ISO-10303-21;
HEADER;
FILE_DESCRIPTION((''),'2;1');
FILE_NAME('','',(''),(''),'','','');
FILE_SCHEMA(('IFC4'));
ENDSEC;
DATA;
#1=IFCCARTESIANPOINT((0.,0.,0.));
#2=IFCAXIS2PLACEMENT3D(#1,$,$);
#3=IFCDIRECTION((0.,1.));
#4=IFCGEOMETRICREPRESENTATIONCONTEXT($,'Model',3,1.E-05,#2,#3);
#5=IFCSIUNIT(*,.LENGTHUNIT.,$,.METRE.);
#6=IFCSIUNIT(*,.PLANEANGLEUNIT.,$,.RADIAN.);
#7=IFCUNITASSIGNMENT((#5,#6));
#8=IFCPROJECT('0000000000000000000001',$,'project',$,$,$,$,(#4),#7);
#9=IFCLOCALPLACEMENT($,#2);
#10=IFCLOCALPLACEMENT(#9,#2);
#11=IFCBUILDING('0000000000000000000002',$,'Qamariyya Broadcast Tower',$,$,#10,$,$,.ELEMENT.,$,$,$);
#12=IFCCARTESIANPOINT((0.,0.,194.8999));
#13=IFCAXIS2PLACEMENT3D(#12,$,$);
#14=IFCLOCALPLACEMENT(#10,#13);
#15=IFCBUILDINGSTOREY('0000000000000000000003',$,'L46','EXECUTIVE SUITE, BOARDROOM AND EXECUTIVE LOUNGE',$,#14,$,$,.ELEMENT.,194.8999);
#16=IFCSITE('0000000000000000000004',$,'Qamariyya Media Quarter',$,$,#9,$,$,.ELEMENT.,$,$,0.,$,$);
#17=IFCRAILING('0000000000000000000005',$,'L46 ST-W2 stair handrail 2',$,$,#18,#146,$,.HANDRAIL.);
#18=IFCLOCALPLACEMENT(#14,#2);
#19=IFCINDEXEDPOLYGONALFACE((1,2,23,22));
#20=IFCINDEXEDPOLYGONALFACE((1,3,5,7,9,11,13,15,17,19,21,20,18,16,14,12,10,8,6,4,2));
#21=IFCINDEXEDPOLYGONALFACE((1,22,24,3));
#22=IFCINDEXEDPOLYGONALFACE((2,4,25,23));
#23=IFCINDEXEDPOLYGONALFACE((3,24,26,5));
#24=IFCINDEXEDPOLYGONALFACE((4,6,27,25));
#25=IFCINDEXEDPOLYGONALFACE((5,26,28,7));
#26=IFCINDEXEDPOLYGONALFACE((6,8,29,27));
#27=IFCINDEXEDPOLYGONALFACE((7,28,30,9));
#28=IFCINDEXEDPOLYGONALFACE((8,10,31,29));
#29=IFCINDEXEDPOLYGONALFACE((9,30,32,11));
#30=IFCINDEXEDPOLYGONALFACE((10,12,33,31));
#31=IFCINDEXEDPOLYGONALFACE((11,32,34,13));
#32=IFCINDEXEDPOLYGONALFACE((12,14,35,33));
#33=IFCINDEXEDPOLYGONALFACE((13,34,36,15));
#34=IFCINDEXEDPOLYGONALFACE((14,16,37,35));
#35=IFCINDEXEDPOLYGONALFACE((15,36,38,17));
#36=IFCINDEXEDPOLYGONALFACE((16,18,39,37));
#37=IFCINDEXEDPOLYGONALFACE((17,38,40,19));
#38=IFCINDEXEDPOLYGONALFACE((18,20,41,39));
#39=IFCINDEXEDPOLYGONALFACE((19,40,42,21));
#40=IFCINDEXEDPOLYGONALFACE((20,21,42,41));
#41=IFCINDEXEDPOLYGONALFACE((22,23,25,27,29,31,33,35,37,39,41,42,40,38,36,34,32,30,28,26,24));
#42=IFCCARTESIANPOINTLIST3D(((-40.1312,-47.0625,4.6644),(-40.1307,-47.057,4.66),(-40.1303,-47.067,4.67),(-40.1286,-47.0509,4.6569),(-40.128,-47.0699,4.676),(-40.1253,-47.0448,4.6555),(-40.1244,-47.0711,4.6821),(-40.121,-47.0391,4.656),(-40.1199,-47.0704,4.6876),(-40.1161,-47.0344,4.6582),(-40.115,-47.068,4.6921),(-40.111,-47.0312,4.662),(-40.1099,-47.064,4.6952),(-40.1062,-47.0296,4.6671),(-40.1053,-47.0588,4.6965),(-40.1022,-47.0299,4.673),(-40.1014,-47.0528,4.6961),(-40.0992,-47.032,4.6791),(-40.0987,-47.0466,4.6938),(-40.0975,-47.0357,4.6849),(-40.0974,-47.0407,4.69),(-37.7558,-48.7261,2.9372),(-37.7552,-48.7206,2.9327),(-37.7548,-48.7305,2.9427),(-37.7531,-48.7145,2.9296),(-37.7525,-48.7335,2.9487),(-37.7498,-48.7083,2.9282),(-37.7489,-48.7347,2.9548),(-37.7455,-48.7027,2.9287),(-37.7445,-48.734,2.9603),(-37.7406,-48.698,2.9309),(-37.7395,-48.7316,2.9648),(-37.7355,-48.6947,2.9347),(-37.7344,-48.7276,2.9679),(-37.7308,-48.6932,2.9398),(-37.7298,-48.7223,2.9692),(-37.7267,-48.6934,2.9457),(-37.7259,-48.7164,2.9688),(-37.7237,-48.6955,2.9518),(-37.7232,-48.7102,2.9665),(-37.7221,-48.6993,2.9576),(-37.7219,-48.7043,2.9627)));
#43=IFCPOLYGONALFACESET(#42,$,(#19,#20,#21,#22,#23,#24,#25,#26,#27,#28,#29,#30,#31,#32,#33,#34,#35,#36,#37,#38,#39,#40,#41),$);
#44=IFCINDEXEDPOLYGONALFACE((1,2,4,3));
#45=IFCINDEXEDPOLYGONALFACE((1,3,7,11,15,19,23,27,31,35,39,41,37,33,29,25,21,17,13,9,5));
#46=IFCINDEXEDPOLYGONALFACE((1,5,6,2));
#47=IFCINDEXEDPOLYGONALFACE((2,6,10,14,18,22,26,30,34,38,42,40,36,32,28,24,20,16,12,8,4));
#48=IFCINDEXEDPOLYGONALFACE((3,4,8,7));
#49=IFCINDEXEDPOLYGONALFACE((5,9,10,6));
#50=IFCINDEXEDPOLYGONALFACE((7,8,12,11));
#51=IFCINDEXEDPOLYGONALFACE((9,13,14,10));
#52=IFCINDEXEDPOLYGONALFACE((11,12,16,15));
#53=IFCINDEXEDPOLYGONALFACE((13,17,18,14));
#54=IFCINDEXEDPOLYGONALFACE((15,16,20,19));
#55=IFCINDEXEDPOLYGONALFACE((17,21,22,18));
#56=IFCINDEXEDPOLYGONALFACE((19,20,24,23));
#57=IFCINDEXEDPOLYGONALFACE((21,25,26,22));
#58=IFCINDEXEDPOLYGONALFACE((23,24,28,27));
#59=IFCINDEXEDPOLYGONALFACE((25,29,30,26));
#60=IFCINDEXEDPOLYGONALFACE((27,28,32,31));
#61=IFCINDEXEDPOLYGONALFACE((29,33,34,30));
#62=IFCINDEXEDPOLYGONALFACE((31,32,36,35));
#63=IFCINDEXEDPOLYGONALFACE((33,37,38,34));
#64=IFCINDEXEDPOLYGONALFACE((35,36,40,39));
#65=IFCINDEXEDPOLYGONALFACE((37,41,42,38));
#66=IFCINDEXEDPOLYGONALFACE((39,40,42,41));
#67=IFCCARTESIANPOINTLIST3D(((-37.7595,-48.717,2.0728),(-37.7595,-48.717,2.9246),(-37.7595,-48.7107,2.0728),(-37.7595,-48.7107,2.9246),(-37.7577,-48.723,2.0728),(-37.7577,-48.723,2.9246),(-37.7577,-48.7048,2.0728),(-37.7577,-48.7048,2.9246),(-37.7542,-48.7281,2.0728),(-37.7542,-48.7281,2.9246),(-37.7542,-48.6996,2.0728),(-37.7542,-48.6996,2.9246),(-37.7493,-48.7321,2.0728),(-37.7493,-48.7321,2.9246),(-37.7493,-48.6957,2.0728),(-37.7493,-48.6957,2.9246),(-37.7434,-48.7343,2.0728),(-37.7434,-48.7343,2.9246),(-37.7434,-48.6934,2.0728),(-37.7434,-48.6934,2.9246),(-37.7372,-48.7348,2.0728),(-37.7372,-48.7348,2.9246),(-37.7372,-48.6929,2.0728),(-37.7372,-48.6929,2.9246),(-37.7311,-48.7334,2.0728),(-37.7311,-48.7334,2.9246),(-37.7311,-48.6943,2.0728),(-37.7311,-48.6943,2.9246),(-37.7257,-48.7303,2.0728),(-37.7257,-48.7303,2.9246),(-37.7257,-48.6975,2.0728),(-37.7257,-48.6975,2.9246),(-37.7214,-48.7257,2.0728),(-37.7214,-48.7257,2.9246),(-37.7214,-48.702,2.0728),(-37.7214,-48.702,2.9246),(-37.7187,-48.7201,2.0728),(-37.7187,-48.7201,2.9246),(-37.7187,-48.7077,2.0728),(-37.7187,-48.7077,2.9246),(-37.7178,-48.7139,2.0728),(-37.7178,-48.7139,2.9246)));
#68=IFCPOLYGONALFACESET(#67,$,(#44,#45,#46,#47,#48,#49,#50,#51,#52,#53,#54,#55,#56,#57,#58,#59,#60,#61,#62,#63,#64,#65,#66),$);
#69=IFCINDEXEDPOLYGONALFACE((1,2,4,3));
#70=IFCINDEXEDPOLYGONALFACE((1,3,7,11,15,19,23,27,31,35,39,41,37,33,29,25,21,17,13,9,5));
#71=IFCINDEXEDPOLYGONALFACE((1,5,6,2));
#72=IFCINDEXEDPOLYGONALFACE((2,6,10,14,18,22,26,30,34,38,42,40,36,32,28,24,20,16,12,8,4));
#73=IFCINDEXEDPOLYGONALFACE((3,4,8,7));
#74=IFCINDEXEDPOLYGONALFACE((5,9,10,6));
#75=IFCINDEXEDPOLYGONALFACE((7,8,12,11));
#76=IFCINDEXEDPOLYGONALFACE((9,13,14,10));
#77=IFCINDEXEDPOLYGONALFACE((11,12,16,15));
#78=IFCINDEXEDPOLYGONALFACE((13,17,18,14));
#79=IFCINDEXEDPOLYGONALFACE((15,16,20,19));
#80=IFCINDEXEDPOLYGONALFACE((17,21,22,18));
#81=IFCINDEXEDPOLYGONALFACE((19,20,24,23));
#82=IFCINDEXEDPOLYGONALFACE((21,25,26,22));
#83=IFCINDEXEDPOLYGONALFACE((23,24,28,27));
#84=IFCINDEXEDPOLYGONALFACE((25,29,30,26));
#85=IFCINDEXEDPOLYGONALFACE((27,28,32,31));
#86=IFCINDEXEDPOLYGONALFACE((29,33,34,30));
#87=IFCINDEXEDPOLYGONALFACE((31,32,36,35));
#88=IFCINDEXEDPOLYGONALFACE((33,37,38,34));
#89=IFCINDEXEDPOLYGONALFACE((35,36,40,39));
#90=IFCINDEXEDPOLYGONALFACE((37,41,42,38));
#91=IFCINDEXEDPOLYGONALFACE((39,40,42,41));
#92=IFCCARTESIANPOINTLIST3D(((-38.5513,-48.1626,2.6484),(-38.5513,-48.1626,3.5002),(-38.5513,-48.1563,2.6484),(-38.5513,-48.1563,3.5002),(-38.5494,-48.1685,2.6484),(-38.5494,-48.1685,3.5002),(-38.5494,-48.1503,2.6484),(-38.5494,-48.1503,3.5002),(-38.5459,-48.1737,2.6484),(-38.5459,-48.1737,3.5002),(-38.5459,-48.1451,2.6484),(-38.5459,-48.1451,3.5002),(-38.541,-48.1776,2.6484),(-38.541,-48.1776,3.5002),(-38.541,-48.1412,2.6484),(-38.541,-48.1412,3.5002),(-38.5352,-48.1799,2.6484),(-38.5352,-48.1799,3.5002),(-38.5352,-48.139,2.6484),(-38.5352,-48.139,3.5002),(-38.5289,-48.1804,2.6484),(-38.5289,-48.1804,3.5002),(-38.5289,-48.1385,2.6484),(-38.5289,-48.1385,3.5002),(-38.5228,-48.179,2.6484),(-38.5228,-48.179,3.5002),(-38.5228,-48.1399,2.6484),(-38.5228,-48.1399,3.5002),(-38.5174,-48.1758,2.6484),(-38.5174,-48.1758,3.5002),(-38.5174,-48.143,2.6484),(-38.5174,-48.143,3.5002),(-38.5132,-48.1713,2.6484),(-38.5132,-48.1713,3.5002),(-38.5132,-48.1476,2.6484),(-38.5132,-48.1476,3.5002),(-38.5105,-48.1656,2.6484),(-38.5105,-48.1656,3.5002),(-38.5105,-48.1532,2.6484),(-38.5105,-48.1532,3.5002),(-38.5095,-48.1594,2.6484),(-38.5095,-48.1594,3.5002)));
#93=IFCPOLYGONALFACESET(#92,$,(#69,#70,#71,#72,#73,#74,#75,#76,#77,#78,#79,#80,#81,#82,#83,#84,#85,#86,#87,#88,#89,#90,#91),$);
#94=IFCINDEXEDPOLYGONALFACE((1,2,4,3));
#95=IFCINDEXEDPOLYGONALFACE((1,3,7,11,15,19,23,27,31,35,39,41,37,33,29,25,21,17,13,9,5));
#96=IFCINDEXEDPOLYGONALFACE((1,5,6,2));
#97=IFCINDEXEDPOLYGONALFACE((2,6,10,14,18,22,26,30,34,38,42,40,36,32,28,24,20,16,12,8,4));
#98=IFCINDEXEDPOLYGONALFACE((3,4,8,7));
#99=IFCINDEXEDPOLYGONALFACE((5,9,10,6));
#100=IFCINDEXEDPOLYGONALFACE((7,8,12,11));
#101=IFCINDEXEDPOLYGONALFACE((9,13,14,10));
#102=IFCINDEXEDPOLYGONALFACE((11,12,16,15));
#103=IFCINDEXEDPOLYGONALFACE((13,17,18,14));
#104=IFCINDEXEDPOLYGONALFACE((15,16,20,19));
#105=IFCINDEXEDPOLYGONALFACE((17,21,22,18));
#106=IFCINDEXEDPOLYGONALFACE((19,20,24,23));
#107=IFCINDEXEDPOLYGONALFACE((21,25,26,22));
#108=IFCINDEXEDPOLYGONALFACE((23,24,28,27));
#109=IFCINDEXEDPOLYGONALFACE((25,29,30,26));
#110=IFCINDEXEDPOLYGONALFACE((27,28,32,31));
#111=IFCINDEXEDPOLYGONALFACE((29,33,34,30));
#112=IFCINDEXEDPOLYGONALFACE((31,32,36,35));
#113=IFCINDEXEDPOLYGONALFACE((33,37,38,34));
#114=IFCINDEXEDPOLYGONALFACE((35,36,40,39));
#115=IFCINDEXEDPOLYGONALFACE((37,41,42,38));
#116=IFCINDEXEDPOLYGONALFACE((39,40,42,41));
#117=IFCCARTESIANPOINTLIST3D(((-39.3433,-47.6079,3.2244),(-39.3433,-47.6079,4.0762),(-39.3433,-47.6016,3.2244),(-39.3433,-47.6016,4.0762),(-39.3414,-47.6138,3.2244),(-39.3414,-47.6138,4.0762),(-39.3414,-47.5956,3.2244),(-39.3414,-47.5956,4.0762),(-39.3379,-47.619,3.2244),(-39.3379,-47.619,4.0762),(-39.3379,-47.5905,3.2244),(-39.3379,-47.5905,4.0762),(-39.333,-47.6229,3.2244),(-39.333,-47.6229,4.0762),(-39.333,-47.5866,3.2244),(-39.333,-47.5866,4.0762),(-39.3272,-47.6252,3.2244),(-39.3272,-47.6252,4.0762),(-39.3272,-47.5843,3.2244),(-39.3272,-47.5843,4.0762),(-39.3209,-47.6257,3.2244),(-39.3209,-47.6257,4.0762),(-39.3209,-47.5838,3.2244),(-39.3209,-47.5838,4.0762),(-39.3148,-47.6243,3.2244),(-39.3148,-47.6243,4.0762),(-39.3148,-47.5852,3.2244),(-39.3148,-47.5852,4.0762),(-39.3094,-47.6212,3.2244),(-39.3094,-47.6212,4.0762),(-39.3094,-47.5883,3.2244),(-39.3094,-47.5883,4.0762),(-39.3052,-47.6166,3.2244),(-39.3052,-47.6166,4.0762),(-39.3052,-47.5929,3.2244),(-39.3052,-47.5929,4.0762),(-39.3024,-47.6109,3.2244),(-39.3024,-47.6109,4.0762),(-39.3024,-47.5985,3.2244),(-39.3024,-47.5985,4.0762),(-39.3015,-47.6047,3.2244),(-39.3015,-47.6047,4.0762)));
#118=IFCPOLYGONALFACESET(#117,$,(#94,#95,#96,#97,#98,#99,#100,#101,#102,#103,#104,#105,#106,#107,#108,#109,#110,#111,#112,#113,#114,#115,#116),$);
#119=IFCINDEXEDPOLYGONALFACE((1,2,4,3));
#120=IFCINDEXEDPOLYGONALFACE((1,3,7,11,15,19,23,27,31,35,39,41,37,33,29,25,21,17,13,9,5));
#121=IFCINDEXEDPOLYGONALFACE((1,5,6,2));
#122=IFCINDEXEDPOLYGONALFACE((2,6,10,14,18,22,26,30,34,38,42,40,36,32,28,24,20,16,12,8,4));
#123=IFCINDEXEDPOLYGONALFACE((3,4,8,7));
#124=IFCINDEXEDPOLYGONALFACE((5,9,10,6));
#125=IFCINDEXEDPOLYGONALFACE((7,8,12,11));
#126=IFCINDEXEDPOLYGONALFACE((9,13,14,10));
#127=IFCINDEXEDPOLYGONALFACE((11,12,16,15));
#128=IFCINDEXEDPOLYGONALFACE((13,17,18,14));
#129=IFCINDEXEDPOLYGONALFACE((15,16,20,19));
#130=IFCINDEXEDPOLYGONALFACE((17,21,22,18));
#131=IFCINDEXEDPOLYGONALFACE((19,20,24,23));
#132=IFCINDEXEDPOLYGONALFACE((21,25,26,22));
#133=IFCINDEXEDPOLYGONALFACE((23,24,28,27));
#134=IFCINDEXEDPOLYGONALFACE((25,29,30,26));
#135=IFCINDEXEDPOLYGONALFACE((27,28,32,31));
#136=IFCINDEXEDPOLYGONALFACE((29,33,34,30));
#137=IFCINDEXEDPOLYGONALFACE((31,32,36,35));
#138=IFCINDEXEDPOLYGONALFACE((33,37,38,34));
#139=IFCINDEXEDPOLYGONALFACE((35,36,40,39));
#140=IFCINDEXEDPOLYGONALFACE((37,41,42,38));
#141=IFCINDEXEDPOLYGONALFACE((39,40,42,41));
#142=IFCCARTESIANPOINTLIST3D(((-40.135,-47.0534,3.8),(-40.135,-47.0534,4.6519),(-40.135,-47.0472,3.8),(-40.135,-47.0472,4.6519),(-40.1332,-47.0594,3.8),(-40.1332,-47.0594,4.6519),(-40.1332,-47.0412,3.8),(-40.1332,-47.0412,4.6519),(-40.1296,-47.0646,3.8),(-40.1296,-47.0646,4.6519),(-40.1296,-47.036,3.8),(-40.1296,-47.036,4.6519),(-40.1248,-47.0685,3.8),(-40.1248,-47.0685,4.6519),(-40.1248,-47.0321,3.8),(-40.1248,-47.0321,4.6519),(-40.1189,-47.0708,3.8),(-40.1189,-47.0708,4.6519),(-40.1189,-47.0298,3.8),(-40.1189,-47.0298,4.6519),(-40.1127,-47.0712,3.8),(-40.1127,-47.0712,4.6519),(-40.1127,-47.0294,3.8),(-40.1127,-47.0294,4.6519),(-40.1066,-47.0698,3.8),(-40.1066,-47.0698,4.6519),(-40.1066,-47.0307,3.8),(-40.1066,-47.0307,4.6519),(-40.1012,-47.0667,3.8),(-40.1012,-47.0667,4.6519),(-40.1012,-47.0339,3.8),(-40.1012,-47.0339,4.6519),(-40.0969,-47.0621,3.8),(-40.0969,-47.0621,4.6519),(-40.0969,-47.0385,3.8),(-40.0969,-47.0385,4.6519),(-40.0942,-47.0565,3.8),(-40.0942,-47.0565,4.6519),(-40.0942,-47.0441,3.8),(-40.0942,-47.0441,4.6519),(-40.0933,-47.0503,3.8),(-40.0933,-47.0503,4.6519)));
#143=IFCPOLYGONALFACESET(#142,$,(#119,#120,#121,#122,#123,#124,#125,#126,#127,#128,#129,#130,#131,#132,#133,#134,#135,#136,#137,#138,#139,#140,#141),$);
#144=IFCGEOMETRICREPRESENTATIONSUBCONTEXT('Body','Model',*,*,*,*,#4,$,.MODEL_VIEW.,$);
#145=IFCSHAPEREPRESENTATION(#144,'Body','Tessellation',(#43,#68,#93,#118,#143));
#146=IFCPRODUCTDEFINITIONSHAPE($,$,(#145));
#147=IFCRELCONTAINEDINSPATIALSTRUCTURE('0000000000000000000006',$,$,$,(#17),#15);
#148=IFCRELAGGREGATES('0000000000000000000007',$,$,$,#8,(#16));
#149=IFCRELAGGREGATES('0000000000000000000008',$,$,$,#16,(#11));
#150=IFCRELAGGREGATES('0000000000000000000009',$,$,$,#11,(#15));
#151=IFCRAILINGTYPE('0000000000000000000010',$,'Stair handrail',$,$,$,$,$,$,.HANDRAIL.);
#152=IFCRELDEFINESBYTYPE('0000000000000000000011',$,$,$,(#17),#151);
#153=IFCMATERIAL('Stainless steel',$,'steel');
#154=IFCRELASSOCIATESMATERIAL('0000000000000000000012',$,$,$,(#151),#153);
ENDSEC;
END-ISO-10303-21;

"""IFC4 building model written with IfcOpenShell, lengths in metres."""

from ifc_helpers import new_model, si_unit, direction, frame, origin, origin_2d, place, context, subcontext, project, spatial, circle, extrude, material, type_object, element, save


model = new_model("IFC4")

# Units and contexts
model_context = context("Model", 3, precision=1e-05, world=origin(), true_north=direction((0.0, 1.0)))
body_context = subcontext(model_context, "Body", "Model", "MODEL_VIEW")
ifc_project = project(units=[si_unit("LENGTHUNIT", "METRE"), si_unit("PLANEANGLEUNIT", "RADIAN")], contexts=[model_context])

# Site, building, storey
site_placement = place(None, origin())
site = spatial("IfcSite", under=ifc_project, at=site_placement, Name="Qamariyya Media Quarter", CompositionType="ELEMENT", RefElevation=0.0)
building_placement = place(site_placement, origin())
building = spatial("IfcBuilding", under=site, at=building_placement, Name="Qamariyya Broadcast Tower", CompositionType="ELEMENT")
storey_placement = place(building_placement, frame((0.0, 0.0, 194.8999)))
storey = spatial("IfcBuildingStorey", under=building, at=storey_placement, Name="L46", Description="EXECUTIVE SUITE, BOARDROOM AND EXECUTIVE LOUNGE", CompositionType="ELEMENT", Elevation=194.8999)

# Railing
ifc_material_1 = material(Name="Stainless steel", Category="steel")
railing_type_1 = type_object("IfcRailingType", Name="Stair handrail", PredefinedType="HANDRAIL", material=ifc_material_1)
railing_1_placement = place(storey_placement, frame((-37.7388, -48.7139, 2.0728)))
element("IfcRailing", 1, at=railing_1_placement, inside=storey, type_object=railing_type_1, Name="L46 ST-W2 stair handrail 2", PredefinedType="HANDRAIL", context=body_context, shape_type="SweptSolid", body=[
    extrude(circle(Radius=0.0239, at=origin_2d()), frame((0.0, 0.0, 0.876), z_axis=(-0.703745, 0.492838, 0.511716), x_axis=(-0.573632, -0.819113, 0.0)), (0.0, 0.0, 1.0), 3.3755),
    extrude(circle(Radius=0.021, at=origin_2d()), origin(), (0.0, 0.0, 1.0), 0.8518),
    extrude(circle(Radius=0.021, at=origin_2d()), frame((-0.7917, 0.5544, 0.5757)), (0.0, 0.0, 1.0), 0.8518),
    extrude(circle(Radius=0.021, at=origin_2d()), frame((-1.5837, 1.1091, 1.1516)), (0.0, 0.0, 1.0), 0.8518),
    extrude(circle(Radius=0.021, at=origin_2d()), frame((-2.3755, 1.6636, 1.7273)), (0.0, 0.0, 1.0), 0.8518),
])

save(model, "model.ifc")
